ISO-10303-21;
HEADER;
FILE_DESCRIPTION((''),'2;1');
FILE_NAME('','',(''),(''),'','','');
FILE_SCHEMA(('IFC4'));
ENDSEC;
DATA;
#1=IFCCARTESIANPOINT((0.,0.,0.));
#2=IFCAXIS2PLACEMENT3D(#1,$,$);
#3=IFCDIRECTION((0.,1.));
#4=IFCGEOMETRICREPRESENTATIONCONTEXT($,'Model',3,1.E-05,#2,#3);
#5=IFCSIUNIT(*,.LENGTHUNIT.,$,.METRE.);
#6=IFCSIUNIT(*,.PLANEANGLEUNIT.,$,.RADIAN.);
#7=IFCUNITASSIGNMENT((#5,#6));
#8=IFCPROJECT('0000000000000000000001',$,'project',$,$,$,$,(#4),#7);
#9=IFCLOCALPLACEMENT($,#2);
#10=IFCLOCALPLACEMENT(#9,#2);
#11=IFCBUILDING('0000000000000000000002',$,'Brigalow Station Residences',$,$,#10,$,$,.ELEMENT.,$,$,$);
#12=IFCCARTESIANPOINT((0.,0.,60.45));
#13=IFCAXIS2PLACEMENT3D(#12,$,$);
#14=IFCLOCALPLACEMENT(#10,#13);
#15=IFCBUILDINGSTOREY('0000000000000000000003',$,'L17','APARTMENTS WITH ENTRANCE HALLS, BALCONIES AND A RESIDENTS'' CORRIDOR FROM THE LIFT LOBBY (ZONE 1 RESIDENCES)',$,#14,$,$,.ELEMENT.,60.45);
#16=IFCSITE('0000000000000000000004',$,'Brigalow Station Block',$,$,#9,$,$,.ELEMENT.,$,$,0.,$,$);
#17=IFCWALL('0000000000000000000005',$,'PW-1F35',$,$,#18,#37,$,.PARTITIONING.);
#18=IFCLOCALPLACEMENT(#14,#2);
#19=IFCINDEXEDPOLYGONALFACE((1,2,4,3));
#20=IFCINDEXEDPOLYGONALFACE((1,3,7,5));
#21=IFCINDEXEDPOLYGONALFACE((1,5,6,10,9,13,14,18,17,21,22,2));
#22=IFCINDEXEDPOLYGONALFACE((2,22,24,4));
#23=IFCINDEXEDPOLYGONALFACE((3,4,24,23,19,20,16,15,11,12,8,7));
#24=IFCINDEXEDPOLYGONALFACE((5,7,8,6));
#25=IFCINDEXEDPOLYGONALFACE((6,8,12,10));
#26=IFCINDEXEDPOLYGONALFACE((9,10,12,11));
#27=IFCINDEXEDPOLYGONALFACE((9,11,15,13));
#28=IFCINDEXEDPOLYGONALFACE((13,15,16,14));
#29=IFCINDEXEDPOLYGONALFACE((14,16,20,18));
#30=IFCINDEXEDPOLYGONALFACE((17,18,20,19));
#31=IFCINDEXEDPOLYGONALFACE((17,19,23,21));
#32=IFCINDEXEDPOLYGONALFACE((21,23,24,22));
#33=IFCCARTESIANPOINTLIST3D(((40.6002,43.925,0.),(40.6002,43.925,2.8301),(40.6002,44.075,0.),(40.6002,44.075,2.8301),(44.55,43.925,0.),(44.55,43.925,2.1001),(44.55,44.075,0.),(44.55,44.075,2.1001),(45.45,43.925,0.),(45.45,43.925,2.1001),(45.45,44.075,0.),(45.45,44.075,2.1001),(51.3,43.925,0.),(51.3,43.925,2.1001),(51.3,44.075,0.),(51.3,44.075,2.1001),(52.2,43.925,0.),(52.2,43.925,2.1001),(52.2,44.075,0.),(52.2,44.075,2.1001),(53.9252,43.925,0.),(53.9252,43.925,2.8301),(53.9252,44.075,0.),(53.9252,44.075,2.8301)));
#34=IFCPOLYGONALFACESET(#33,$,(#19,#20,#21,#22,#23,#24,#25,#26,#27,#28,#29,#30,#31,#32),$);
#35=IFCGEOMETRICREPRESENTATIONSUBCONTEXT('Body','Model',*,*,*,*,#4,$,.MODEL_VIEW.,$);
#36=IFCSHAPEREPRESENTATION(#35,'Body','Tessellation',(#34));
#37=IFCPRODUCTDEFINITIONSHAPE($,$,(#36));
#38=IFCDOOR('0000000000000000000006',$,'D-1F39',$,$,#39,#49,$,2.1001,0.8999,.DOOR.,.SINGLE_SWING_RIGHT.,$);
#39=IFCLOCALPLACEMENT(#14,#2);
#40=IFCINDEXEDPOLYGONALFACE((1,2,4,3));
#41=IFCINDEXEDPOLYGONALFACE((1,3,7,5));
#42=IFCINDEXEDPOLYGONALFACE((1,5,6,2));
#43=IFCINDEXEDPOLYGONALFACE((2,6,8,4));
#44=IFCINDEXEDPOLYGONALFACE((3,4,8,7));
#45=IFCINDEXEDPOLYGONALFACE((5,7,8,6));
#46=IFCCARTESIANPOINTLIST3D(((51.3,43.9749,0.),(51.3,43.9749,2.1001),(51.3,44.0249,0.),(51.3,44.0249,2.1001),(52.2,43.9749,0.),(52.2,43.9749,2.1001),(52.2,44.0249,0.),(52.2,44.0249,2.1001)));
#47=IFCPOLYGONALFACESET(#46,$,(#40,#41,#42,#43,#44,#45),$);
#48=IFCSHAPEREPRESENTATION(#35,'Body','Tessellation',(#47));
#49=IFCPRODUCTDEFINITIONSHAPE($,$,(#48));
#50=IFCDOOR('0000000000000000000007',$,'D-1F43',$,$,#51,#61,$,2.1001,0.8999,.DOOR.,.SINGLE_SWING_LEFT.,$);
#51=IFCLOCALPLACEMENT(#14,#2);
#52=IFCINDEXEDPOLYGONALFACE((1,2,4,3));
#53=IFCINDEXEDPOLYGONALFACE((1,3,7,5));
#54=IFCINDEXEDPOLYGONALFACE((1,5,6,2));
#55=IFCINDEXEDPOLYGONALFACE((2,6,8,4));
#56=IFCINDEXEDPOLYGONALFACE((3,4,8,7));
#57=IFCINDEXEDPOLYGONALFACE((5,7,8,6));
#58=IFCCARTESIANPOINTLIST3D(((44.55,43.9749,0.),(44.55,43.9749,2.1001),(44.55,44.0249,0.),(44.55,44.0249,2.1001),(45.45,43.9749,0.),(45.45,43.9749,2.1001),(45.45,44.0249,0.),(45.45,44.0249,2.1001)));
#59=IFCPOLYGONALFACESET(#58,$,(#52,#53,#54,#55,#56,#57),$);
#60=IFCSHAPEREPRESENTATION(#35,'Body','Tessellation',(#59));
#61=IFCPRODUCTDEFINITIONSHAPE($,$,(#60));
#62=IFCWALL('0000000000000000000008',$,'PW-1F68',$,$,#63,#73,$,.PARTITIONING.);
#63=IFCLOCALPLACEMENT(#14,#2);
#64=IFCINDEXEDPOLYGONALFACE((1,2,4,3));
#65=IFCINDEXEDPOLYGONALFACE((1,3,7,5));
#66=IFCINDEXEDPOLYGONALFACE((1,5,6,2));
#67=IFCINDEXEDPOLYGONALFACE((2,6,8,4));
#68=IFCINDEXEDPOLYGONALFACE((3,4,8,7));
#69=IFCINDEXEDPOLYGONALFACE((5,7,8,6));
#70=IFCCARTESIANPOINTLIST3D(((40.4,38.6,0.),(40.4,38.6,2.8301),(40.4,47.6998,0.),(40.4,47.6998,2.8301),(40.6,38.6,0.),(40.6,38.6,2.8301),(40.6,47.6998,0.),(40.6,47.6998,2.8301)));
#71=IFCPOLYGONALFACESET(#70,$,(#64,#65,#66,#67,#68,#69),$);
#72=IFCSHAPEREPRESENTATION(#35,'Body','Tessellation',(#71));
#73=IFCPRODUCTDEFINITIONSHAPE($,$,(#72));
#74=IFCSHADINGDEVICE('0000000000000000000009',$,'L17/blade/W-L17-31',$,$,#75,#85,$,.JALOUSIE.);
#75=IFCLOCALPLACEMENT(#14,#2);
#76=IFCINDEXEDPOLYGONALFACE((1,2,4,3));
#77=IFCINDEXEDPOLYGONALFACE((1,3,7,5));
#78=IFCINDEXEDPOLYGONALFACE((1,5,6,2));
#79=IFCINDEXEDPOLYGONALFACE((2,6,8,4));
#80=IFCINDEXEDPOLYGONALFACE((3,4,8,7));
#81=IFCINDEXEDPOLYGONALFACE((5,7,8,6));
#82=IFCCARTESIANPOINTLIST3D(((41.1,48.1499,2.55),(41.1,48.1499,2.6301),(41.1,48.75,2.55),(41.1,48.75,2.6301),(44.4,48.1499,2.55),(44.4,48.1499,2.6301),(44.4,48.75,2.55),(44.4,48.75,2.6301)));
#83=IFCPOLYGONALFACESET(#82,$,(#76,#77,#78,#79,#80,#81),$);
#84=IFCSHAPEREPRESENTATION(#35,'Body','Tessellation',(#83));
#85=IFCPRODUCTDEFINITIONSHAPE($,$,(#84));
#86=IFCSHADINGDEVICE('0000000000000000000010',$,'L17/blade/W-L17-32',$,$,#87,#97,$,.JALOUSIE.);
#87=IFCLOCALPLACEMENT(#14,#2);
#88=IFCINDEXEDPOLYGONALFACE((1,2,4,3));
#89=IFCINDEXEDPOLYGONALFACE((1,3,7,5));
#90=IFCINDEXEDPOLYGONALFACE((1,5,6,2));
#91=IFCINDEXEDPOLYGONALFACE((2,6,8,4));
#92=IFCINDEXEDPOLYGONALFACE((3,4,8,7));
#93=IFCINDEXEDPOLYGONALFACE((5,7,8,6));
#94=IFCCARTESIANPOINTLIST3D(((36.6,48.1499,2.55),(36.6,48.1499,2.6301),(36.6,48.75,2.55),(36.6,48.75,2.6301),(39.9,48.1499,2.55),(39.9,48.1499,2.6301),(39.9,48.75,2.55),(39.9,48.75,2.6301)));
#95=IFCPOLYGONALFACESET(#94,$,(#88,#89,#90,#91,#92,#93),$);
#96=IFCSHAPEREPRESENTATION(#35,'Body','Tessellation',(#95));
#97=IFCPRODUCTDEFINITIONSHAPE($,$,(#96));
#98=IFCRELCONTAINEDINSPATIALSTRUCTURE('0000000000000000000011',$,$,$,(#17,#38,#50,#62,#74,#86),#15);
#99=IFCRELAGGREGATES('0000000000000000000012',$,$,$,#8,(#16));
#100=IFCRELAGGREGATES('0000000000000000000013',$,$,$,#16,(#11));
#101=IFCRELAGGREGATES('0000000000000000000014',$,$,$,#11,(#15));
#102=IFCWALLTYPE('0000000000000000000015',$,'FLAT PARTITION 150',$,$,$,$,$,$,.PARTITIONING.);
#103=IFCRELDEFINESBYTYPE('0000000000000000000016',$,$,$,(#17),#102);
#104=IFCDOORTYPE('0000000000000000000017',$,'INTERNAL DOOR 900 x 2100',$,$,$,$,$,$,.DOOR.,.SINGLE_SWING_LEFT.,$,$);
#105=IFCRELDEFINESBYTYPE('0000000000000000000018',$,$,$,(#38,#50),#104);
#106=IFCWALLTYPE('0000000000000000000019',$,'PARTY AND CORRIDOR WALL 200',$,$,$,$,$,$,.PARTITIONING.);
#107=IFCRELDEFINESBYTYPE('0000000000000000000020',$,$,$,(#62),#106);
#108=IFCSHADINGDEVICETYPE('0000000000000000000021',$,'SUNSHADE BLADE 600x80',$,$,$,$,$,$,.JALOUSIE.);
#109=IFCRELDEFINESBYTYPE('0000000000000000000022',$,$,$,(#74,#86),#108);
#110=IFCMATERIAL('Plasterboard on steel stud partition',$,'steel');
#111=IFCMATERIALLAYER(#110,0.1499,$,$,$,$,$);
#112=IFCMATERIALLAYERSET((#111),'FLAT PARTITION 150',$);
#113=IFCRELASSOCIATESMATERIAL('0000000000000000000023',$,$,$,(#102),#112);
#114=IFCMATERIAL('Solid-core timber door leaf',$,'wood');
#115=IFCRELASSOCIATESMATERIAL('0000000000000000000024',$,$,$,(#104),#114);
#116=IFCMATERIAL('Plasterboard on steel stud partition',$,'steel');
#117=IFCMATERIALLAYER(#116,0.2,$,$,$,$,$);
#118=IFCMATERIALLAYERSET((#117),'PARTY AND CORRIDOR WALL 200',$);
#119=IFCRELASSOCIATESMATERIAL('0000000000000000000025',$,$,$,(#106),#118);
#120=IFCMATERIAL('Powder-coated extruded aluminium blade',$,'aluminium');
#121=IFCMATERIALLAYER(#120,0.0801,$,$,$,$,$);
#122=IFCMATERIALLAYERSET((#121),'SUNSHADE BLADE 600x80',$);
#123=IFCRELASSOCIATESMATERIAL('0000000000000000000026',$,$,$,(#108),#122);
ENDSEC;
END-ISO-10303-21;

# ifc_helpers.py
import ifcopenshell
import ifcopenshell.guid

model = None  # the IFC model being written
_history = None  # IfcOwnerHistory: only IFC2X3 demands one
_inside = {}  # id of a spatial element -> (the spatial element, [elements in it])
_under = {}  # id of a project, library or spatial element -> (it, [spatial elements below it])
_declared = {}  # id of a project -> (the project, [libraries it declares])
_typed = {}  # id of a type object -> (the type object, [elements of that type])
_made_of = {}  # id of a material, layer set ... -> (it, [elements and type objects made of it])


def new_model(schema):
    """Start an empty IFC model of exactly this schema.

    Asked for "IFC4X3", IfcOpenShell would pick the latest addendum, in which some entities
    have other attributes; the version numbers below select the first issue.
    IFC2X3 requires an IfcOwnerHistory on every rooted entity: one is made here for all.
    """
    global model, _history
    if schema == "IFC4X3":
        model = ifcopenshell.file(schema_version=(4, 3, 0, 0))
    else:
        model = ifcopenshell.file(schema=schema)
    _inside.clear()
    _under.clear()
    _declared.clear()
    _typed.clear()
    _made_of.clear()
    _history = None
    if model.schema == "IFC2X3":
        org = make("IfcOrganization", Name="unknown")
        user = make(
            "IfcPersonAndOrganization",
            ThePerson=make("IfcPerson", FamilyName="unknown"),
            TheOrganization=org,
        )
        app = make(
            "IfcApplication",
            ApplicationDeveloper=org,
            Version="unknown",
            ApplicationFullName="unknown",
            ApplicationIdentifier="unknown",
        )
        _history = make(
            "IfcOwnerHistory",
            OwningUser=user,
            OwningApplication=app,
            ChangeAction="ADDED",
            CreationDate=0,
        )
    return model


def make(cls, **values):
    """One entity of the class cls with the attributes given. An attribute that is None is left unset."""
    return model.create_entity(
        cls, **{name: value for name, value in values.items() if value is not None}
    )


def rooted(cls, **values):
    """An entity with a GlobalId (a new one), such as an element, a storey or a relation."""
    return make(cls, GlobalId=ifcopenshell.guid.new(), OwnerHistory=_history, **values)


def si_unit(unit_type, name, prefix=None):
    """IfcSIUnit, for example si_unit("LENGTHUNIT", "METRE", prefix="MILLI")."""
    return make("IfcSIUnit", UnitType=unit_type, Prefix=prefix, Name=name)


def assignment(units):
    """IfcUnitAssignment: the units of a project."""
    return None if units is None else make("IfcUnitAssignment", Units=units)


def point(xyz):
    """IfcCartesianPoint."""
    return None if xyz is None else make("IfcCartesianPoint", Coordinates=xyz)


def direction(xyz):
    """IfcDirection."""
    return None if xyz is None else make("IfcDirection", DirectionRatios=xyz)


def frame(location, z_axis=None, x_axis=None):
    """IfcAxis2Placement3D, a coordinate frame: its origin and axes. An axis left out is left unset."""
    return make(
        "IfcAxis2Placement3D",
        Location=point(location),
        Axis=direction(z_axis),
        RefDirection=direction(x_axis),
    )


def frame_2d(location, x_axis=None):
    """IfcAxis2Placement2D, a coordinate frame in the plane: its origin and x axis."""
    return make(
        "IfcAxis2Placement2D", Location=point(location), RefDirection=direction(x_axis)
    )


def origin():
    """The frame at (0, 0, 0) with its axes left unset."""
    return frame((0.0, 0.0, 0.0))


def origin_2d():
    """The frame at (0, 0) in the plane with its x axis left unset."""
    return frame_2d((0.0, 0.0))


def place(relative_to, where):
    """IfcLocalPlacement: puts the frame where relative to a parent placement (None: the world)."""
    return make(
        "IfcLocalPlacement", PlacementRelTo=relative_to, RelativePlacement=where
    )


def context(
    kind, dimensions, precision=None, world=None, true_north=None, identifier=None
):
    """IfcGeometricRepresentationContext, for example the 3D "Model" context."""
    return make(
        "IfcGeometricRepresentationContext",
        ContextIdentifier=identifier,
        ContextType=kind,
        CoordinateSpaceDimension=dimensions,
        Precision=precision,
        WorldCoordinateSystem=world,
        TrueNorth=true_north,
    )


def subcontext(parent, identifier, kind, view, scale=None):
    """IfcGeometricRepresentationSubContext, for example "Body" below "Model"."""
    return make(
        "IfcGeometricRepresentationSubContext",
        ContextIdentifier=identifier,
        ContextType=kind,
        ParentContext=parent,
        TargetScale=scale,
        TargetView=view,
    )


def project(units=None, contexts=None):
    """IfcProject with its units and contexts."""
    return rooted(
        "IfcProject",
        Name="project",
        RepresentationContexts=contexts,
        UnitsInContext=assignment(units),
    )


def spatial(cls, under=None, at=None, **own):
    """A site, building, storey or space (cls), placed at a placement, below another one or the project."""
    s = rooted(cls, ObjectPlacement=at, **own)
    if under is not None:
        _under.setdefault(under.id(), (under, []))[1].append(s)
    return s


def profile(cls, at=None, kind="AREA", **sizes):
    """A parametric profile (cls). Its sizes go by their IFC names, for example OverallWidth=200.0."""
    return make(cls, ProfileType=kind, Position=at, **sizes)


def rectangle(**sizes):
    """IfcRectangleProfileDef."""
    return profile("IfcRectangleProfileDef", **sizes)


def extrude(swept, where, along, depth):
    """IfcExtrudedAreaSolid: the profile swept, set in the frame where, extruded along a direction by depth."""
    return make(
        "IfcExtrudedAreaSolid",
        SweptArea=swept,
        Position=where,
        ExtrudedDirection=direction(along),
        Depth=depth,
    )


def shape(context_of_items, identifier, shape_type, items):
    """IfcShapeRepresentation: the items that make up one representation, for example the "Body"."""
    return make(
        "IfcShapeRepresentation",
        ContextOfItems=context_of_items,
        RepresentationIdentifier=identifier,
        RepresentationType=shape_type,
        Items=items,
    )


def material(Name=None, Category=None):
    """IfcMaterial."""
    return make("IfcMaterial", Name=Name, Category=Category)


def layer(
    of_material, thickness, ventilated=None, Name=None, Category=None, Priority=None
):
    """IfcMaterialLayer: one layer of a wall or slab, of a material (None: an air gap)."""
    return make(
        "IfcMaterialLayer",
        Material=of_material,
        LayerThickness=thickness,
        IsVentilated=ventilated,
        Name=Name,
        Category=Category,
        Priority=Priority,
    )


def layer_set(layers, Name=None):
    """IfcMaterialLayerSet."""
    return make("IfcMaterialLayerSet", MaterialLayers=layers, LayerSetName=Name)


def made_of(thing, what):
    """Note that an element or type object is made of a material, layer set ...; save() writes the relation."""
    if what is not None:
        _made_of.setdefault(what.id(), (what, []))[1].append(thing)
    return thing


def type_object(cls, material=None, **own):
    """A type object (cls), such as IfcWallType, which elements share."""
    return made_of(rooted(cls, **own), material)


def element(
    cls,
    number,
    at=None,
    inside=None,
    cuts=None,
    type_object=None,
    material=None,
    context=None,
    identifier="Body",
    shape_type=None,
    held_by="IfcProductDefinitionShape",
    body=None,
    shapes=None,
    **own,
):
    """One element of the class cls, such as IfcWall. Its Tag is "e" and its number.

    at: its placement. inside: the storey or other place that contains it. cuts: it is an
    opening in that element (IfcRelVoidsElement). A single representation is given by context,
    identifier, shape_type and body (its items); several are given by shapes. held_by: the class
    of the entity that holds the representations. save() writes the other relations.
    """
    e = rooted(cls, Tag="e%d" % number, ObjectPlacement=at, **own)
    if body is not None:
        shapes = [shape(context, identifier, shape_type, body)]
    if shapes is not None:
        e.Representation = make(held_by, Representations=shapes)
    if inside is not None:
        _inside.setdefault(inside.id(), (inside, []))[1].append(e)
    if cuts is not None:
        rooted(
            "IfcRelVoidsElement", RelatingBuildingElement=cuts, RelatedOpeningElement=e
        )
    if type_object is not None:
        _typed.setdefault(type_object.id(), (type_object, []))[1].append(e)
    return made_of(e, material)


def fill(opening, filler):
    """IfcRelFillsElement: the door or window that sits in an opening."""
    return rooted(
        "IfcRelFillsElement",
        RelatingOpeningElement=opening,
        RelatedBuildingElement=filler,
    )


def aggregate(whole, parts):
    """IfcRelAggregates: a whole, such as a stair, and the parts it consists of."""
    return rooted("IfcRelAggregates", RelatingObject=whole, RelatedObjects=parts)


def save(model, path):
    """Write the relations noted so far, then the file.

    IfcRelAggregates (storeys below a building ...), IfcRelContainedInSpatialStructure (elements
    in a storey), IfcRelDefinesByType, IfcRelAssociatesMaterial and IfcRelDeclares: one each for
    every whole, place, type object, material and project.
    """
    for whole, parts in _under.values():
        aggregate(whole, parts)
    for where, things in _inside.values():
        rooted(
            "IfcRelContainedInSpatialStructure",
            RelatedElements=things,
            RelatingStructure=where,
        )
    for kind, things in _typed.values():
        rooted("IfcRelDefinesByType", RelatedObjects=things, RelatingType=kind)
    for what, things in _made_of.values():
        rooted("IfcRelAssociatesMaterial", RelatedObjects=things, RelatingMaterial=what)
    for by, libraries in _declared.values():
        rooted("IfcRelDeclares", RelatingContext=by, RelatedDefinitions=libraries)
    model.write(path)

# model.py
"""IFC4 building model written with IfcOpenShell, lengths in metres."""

from ifc_helpers import new_model, si_unit, direction, frame, frame_2d, origin, origin_2d, place, context, subcontext, project, spatial, rectangle, extrude, material, layer, layer_set, type_object, element, fill, save


model = new_model("IFC4")

# Units and contexts
model_context = context("Model", 3, precision=1e-05, world=origin(), true_north=direction((0.0, 1.0)))
body_context = subcontext(model_context, "Body", "Model", "MODEL_VIEW")
ifc_project = project(units=[si_unit("LENGTHUNIT", "METRE"), si_unit("PLANEANGLEUNIT", "RADIAN")], contexts=[model_context])

# Site, building, storey
site_placement = place(None, origin())
site = spatial("IfcSite", under=ifc_project, at=site_placement, Name="Brigalow Station Block", CompositionType="ELEMENT", RefElevation=0.0)
building_placement = place(site_placement, origin())
building = spatial("IfcBuilding", under=site, at=building_placement, Name="Brigalow Station Residences", CompositionType="ELEMENT")
storey_placement = place(building_placement, frame((0.0, 0.0, 60.45)))
storey = spatial("IfcBuildingStorey", under=building, at=storey_placement, Name="L17", Description="APARTMENTS WITH ENTRANCE HALLS, BALCONIES AND A RESIDENTS' CORRIDOR FROM THE LIFT LOBBY (ZONE 1 RESIDENCES)", CompositionType="ELEMENT", Elevation=60.45)

# Wall, openings, doors
ifc_material_1 = material(Name="Plasterboard on steel stud partition", Category="steel")
ifc_layer_1 = layer(ifc_material_1, 0.1499)
ifc_layer_set_1 = layer_set([ifc_layer_1], Name="FLAT PARTITION 150")
wall_type_1 = type_object("IfcWallType", Name="FLAT PARTITION 150", PredefinedType="PARTITIONING", material=ifc_layer_set_1)
wall_1_placement = place(storey_placement, frame((40.6001, 44.0, 0.0), z_axis=(0.0, 0.0, 1.0), x_axis=(1.0, 0.0, 0.0)))
wall_1 = element("IfcWall", 1, at=wall_1_placement, inside=storey, type_object=wall_type_1, Name="PW-1F35", PredefinedType="PARTITIONING", context=body_context, shape_type="SweptSolid", body=[
    extrude(rectangle(XDim=13.325, YDim=0.1499, at=frame_2d((6.6626, 0.0))), origin(), (0.0, 0.0, 1.0), 2.8301),
])
opening_1_placement = place(wall_1_placement, frame((10.7, 0.0, 0.0)))
opening_1 = element("IfcOpeningElement", 2, at=opening_1_placement, cuts=wall_1, PredefinedType="OPENING", context=body_context, shape_type="SweptSolid", body=[
    extrude(rectangle(XDim=0.8999, YDim=2.1001, at=frame_2d((0.45, 1.05))), frame((0.0, 0.085, 0.0), z_axis=(0.0, -1.0, 0.0), x_axis=(1.0, 0.0, 0.0)), (0.0, 0.0, 1.0), 0.1699),
])
opening_2_placement = place(wall_1_placement, frame((3.95, 0.0, 0.0)))
opening_2 = element("IfcOpeningElement", 3, at=opening_2_placement, cuts=wall_1, PredefinedType="OPENING", context=body_context, shape_type="SweptSolid", body=[
    extrude(rectangle(XDim=0.8999, YDim=2.1001, at=frame_2d((0.45, 1.05))), frame((0.0, 0.085, 0.0), z_axis=(0.0, -1.0, 0.0), x_axis=(1.0, 0.0, 0.0)), (0.0, 0.0, 1.0), 0.1699),
])
ifc_material_2 = material(Name="Solid-core timber door leaf", Category="wood")
door_type_1 = type_object("IfcDoorType", Name="INTERNAL DOOR 900 x 2100", OperationType="SINGLE_SWING_LEFT", PredefinedType="DOOR", material=ifc_material_2)
door_1_placement = place(opening_1_placement, origin())
door_1 = element("IfcDoor", 4, at=door_1_placement, inside=storey, type_object=door_type_1, Name="D-1F39", OperationType="SINGLE_SWING_RIGHT", OverallHeight=2.1001, OverallWidth=0.8999, PredefinedType="DOOR", context=body_context, shape_type="SweptSolid", body=[
    extrude(rectangle(XDim=0.8999, YDim=2.1001, at=frame_2d((0.45, 1.05))), frame((0.0, 0.0249, 0.0), z_axis=(0.0, -1.0, 0.0), x_axis=(1.0, 0.0, 0.0)), (0.0, 0.0, 1.0), 0.05),
])
fill(opening_1, door_1)
door_2_placement = place(opening_2_placement, origin())
door_2 = element("IfcDoor", 5, at=door_2_placement, inside=storey, type_object=door_type_1, Name="D-1F43", OperationType="SINGLE_SWING_LEFT", OverallHeight=2.1001, OverallWidth=0.8999, PredefinedType="DOOR", context=body_context, shape_type="SweptSolid", body=[
    extrude(rectangle(XDim=0.8999, YDim=2.1001, at=frame_2d((0.45, 1.05))), frame((0.0, 0.0249, 0.0), z_axis=(0.0, -1.0, 0.0), x_axis=(1.0, 0.0, 0.0)), (0.0, 0.0, 1.0), 0.05),
])
fill(opening_2, door_2)

# Wall
ifc_material_3 = material(Name="Plasterboard on steel stud partition", Category="steel")
ifc_layer_2 = layer(ifc_material_3, 0.2)
ifc_layer_set_2 = layer_set([ifc_layer_2], Name="PARTY AND CORRIDOR WALL 200")
wall_type_2 = type_object("IfcWallType", Name="PARTY AND CORRIDOR WALL 200", PredefinedType="PARTITIONING", material=ifc_layer_set_2)
wall_2_placement = place(storey_placement, frame((40.5, 38.6001, 0.0), z_axis=(0.0, 0.0, 1.0), x_axis=(0.0, 1.0, 0.0)))
element("IfcWall", 6, at=wall_2_placement, inside=storey, type_object=wall_type_2, Name="PW-1F68", PredefinedType="PARTITIONING", context=body_context, shape_type="SweptSolid", body=[
    extrude(rectangle(XDim=9.0999, YDim=0.2, at=frame_2d((4.5498, 0.0))), origin(), (0.0, 0.0, 1.0), 2.8301),
])

# Shading devices
ifc_material_4 = material(Name="Powder-coated extruded aluminium blade", Category="aluminium")
ifc_layer_3 = layer(ifc_material_4, 0.0801)
ifc_layer_set_3 = layer_set([ifc_layer_3], Name="SUNSHADE BLADE 600x80")
shading_device_type = type_object("IfcShadingDeviceType", Name="SUNSHADE BLADE 600x80", PredefinedType="JALOUSIE", material=ifc_layer_set_3)
for number, where, z_axis, x_axis, name in (
    (7, (42.75, 48.45, 2.55), (0.0, 0.0, 1.0), (-1.0, 0.0, 0.0), "L17/blade/W-L17-31"),
    (8, (38.25, 48.45, 2.55), (0.0, 0.0, 1.0), (-1.0, 0.0, 0.0), "L17/blade/W-L17-32"),
):
    element("IfcShadingDevice", number, at=place(storey_placement, frame(where, z_axis=z_axis, x_axis=x_axis)), inside=storey, type_object=shading_device_type, Name=name, PredefinedType="JALOUSIE", context=body_context, shape_type="SweptSolid", body=[
        extrude(rectangle(XDim=3.3, YDim=0.6001, at=origin_2d()), origin(), (0.0, 0.0, 1.0), 0.0801),
    ])

save(model, "model.ifc")
